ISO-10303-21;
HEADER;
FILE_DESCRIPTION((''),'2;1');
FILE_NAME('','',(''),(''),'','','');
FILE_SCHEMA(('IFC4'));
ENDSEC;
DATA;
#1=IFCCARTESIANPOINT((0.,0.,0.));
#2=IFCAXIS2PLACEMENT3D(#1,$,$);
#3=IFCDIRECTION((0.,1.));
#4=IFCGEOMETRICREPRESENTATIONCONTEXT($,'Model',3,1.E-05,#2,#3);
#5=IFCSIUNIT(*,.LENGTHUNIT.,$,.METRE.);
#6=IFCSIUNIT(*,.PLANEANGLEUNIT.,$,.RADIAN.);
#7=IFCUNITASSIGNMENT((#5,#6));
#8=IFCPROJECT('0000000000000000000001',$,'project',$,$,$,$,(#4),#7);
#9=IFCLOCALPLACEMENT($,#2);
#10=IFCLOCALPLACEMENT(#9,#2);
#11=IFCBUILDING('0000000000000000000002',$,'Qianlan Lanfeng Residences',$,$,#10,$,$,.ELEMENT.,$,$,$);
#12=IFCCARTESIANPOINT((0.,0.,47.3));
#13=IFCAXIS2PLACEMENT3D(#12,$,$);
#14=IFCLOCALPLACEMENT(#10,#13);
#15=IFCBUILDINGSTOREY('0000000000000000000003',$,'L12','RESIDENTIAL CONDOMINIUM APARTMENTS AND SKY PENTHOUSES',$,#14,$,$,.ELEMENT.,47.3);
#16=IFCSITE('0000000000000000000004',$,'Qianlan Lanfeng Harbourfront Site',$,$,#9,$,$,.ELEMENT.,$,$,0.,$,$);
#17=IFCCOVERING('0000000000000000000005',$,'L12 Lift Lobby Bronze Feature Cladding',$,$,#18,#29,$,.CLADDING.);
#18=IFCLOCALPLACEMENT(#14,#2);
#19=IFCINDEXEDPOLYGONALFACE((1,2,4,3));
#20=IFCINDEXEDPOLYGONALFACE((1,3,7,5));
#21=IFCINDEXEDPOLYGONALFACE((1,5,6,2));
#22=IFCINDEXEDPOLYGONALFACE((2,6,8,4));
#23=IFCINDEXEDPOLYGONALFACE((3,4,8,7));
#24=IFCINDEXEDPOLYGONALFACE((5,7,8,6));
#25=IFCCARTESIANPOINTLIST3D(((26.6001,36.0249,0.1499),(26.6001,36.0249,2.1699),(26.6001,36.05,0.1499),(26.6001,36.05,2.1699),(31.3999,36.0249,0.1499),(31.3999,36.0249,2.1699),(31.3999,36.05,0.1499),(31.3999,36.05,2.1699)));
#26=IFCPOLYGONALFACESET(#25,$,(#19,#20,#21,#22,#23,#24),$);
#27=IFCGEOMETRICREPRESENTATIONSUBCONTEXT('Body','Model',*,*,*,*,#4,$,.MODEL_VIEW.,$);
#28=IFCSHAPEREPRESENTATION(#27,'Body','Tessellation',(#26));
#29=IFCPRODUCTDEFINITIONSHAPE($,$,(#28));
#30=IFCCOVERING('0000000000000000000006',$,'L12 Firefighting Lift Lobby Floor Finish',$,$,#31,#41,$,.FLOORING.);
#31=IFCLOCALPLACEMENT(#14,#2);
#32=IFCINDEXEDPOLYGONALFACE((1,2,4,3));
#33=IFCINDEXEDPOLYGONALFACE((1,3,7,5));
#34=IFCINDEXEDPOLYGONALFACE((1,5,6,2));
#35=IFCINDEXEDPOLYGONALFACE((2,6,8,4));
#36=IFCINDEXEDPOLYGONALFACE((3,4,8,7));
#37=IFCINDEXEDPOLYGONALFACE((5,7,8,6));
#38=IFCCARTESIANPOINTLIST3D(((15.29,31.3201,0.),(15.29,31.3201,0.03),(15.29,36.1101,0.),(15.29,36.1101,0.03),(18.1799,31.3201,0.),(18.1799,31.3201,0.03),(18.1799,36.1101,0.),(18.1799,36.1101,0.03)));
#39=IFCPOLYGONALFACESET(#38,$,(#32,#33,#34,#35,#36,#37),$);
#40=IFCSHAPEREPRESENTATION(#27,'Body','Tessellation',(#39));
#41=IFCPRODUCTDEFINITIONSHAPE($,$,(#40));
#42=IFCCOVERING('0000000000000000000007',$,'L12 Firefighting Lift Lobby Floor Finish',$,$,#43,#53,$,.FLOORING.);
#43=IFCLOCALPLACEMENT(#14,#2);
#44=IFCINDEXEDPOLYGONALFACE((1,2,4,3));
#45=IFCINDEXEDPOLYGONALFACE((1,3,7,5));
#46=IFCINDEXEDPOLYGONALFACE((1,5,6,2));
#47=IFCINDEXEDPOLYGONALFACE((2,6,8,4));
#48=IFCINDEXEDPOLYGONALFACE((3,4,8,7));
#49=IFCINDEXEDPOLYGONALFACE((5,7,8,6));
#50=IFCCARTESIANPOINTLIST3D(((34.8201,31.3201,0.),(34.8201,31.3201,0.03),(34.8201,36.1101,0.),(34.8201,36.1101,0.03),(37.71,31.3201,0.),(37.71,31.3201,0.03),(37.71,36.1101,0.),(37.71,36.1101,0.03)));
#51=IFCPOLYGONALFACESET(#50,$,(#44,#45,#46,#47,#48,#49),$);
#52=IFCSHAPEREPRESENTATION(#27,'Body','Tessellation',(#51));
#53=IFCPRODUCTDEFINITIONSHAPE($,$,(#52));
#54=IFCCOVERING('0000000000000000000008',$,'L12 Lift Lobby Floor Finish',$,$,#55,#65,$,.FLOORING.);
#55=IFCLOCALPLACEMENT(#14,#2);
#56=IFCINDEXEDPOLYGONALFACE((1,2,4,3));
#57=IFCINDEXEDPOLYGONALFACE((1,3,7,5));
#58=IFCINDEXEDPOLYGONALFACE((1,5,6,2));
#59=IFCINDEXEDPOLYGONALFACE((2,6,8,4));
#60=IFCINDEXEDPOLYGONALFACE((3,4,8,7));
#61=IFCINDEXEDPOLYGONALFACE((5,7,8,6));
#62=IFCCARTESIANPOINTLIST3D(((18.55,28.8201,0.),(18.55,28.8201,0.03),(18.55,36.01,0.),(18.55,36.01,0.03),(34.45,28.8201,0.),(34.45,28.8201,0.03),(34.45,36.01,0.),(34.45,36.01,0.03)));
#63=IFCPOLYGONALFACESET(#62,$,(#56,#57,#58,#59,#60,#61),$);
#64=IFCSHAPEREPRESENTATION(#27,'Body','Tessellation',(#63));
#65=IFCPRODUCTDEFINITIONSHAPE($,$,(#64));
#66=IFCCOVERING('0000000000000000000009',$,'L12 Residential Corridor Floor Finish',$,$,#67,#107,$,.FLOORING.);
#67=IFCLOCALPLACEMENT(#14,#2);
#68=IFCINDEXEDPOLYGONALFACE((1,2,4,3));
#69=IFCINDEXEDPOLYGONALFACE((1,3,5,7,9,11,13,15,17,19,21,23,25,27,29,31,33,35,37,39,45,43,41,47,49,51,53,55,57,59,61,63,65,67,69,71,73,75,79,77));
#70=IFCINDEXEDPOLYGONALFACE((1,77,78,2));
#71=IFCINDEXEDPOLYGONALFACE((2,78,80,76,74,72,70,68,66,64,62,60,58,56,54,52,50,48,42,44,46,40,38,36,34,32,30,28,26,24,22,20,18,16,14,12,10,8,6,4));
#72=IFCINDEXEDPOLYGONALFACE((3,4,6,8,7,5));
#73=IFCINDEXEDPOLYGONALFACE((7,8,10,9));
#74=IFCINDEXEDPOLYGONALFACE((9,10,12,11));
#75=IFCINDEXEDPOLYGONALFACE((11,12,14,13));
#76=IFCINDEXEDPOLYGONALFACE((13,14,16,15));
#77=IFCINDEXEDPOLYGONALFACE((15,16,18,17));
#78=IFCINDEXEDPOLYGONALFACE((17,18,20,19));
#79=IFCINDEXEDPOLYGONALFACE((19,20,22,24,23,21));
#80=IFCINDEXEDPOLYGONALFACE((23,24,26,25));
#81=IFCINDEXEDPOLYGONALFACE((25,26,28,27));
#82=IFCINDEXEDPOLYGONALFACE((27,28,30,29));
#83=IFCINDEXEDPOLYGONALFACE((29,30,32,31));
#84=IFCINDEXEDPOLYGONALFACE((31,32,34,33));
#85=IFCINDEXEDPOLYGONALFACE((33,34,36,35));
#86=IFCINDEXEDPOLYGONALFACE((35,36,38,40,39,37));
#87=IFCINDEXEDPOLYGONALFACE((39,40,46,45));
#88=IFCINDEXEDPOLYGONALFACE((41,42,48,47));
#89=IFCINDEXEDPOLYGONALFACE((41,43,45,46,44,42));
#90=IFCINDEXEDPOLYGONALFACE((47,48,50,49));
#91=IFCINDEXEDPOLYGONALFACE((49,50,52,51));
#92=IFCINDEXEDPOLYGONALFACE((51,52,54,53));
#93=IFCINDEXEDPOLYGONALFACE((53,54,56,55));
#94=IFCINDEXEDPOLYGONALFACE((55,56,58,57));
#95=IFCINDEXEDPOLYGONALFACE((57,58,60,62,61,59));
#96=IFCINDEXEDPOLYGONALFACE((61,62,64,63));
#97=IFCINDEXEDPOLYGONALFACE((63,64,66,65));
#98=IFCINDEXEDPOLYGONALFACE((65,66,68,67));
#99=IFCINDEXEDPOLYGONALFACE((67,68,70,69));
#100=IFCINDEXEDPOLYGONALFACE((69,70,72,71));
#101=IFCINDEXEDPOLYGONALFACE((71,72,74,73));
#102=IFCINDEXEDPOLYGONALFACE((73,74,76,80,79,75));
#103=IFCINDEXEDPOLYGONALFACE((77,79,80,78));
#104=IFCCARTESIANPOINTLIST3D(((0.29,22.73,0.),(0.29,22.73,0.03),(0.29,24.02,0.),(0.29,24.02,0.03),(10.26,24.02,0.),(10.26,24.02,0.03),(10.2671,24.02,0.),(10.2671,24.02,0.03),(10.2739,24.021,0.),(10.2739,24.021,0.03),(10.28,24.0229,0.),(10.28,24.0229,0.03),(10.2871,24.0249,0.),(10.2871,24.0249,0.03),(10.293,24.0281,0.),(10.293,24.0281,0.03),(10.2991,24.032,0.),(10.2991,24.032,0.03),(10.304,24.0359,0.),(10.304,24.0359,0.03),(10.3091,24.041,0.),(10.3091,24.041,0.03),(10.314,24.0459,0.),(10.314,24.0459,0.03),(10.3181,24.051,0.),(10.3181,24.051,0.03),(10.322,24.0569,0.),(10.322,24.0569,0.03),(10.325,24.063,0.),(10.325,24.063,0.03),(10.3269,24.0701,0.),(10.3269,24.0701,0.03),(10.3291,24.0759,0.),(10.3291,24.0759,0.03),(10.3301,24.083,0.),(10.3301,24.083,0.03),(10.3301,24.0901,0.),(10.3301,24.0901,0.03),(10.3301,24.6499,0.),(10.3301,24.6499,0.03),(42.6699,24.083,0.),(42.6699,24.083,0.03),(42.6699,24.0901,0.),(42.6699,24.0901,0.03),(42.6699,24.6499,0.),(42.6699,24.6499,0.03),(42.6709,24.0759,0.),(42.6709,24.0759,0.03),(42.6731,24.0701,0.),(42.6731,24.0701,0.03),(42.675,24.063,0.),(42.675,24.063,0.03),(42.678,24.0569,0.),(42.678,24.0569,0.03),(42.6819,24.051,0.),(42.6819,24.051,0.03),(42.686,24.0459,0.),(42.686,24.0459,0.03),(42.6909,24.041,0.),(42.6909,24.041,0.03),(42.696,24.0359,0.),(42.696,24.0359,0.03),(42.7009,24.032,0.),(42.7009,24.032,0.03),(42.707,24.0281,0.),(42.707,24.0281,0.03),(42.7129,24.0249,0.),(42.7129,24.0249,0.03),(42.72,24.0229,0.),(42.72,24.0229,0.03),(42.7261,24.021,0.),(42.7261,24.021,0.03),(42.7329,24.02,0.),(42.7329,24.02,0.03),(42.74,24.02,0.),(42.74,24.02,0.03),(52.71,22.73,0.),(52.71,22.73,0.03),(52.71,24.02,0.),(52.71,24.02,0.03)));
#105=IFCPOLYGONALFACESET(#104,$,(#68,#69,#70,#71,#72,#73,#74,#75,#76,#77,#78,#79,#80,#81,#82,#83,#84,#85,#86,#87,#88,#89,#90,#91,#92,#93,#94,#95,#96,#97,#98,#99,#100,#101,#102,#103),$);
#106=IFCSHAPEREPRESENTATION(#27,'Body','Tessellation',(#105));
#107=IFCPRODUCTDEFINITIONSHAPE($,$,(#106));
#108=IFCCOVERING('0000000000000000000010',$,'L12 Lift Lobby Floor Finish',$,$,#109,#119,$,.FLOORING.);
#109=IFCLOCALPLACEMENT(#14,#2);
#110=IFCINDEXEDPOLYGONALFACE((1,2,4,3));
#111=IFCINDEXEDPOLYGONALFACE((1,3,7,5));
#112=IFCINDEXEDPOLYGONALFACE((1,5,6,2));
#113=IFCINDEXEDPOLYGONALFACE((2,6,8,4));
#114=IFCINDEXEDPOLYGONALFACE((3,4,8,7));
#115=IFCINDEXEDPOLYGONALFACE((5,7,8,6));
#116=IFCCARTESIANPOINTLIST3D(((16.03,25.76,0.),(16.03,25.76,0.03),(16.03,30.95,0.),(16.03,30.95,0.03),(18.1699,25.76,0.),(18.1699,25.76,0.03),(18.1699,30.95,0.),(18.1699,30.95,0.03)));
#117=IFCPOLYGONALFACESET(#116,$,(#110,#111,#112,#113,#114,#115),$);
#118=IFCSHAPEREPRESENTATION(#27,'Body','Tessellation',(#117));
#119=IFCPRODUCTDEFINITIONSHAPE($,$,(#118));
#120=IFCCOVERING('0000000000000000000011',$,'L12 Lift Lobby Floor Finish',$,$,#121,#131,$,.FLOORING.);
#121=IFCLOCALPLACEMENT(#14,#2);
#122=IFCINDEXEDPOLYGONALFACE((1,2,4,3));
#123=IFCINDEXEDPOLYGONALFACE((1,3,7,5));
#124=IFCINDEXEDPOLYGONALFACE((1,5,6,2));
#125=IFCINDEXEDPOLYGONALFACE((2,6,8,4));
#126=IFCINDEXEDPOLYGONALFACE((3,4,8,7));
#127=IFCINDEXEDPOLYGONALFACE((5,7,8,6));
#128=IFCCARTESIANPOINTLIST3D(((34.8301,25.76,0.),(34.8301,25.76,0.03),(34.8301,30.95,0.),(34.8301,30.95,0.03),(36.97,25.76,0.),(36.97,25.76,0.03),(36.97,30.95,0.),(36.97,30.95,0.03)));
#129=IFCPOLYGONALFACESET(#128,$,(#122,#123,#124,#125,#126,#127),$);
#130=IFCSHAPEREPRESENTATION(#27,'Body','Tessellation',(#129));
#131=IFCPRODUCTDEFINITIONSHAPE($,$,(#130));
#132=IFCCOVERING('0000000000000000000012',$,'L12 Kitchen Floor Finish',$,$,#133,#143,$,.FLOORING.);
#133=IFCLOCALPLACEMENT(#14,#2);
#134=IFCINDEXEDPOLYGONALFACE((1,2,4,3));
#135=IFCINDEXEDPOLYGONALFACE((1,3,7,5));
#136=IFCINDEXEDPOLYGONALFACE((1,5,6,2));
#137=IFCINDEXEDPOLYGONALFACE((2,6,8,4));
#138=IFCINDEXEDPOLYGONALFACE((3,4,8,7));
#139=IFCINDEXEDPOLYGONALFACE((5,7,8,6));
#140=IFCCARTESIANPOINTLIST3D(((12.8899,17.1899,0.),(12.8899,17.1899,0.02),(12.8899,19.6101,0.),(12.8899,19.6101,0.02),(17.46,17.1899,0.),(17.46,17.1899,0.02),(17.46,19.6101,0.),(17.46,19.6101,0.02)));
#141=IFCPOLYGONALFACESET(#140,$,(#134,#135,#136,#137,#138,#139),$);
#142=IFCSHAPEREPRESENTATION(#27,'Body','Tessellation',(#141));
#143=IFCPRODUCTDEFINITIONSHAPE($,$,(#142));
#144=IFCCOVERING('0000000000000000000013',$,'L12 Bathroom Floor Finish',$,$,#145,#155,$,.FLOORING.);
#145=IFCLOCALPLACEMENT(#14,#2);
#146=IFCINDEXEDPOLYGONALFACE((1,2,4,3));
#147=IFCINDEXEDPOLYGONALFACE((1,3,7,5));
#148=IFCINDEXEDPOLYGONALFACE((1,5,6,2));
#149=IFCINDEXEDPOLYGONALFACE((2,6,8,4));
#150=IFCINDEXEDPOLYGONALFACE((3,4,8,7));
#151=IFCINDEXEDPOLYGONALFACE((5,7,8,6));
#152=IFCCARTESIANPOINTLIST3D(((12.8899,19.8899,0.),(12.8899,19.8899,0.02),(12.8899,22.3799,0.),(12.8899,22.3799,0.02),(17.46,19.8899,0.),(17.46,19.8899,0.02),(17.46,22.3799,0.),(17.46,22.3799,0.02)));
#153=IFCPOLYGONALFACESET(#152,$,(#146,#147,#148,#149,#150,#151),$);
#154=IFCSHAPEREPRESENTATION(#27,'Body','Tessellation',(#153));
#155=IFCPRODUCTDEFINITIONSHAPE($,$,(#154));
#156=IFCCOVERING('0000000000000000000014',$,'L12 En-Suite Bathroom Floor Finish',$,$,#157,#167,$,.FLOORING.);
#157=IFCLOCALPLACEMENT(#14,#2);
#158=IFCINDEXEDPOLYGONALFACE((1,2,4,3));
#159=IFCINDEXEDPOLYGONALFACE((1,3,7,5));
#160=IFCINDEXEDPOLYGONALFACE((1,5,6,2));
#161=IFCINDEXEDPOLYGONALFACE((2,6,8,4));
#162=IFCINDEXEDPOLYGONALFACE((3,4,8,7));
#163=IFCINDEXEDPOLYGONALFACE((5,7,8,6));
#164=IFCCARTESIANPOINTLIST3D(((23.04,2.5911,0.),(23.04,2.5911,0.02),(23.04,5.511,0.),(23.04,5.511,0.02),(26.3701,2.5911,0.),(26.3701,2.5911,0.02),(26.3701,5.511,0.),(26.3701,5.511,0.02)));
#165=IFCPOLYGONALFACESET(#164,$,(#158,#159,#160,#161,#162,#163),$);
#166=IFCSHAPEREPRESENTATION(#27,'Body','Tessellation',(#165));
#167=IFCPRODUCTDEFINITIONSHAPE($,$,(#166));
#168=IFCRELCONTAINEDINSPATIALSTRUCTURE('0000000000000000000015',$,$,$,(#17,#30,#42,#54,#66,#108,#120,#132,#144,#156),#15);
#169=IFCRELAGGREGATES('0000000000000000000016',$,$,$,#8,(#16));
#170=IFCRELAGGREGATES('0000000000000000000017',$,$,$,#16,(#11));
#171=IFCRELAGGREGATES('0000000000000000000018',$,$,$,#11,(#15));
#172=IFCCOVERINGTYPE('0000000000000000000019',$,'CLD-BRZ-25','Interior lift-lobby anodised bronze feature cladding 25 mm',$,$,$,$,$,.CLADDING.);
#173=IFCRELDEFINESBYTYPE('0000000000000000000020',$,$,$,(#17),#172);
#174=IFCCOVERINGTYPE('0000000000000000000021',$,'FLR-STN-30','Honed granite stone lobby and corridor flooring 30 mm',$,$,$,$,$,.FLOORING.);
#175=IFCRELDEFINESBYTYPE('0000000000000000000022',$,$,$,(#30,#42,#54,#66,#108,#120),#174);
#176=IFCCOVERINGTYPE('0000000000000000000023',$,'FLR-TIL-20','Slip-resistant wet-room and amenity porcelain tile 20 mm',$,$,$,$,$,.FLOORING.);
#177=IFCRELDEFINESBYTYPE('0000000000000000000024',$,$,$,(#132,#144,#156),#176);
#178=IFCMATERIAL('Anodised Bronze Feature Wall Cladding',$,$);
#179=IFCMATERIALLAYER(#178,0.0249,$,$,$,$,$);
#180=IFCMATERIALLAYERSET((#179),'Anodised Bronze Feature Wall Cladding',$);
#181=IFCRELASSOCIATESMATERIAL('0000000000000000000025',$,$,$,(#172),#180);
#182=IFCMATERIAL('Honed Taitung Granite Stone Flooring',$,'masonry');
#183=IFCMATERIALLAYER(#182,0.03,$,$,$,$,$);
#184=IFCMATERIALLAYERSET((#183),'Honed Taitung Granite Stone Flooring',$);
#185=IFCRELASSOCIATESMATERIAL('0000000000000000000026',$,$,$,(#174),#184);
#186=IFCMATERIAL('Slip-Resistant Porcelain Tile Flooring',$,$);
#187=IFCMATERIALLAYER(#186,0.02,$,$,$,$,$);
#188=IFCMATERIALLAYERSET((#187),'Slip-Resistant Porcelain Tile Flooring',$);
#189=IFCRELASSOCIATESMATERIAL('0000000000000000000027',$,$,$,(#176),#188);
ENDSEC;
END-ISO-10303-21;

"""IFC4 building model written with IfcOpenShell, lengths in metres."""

from ifc_helpers import new_model, si_unit, direction, frame, origin, place, context, subcontext, project, spatial, polyline, outline, extrude, material, layer, layer_set, type_object, element, save


model = new_model("IFC4")

# Units and contexts
model_context = context("Model", 3, precision=1e-05, world=origin(), true_north=direction((0.0, 1.0)))
body_context = subcontext(model_context, "Body", "Model", "MODEL_VIEW")
ifc_project = project(units=[si_unit("LENGTHUNIT", "METRE"), si_unit("PLANEANGLEUNIT", "RADIAN")], contexts=[model_context])

# Site, building, storey
site_placement = place(None, origin())
site = spatial("IfcSite", under=ifc_project, at=site_placement, Name="Qianlan Lanfeng Harbourfront Site", CompositionType="ELEMENT", RefElevation=0.0)
building_placement = place(site_placement, origin())
building = spatial("IfcBuilding", under=site, at=building_placement, Name="Qianlan Lanfeng Residences", CompositionType="ELEMENT")
storey_placement = place(building_placement, frame((0.0, 0.0, 47.3)))
storey = spatial("IfcBuildingStorey", under=building, at=storey_placement, Name="L12", Description="RESIDENTIAL CONDOMINIUM APARTMENTS AND SKY PENTHOUSES", CompositionType="ELEMENT", Elevation=47.3)

# Coverings
ifc_material_1 = material(Name="Anodised Bronze Feature Wall Cladding")
ifc_layer_1 = layer(ifc_material_1, 0.0249)
ifc_layer_set_1 = layer_set([ifc_layer_1], Name="Anodised Bronze Feature Wall Cladding")
covering_type_1 = type_object("IfcCoveringType", Name="CLD-BRZ-25", Description="Interior lift-lobby anodised bronze feature cladding 25 mm", PredefinedType="CLADDING", material=ifc_layer_set_1)
covering_1_placement = place(storey_placement, frame((0.0, 0.0, 0.1499)))
element("IfcCovering", 1, at=covering_1_placement, inside=storey, type_object=covering_type_1, Name="L12 Lift Lobby Bronze Feature Cladding", PredefinedType="CLADDING", context=body_context, shape_type="SweptSolid", body=[
    extrude(outline(polyline([(26.6001, 36.0249), (31.3999, 36.0249), (31.3999, 36.05), (26.6001, 36.05), (26.6001, 36.0249)])), origin(), (0.0, 0.0, 1.0), 2.02),
])
ifc_material_2 = material(Name="Honed Taitung Granite Stone Flooring", Category="masonry")
ifc_layer_2 = layer(ifc_material_2, 0.03)
ifc_layer_set_2 = layer_set([ifc_layer_2], Name="Honed Taitung Granite Stone Flooring")
covering_type_2 = type_object("IfcCoveringType", Name="FLR-STN-30", Description="Honed granite stone lobby and corridor flooring 30 mm", PredefinedType="FLOORING", material=ifc_layer_set_2)
covering_2_placement = place(storey_placement, origin())
element("IfcCovering", 2, at=covering_2_placement, inside=storey, type_object=covering_type_2, Name="L12 Firefighting Lift Lobby Floor Finish", PredefinedType="FLOORING", context=body_context, shape_type="SweptSolid", body=[
    extrude(outline(polyline([(15.29, 31.3201), (18.1799, 31.3201), (18.1799, 36.1101), (15.29, 36.1101), (15.29, 31.3201)])), origin(), (0.0, 0.0, 1.0), 0.03),
])
covering_3_placement = place(storey_placement, origin())
element("IfcCovering", 3, at=covering_3_placement, inside=storey, type_object=covering_type_2, Name="L12 Firefighting Lift Lobby Floor Finish", PredefinedType="FLOORING", context=body_context, shape_type="SweptSolid", body=[
    extrude(outline(polyline([(34.8201, 31.3201), (37.71, 31.3201), (37.71, 36.1101), (34.8201, 36.1101), (34.8201, 31.3201)])), origin(), (0.0, 0.0, 1.0), 0.03),
])
covering_4_placement = place(storey_placement, origin())
element("IfcCovering", 4, at=covering_4_placement, inside=storey, type_object=covering_type_2, Name="L12 Lift Lobby Floor Finish", PredefinedType="FLOORING", context=body_context, shape_type="SweptSolid", body=[
    extrude(outline(polyline([(18.55, 28.8201), (34.45, 28.8201), (34.45, 36.01), (18.55, 36.01), (18.55, 28.8201)])), origin(), (0.0, 0.0, 1.0), 0.03),
])
covering_5_placement = place(storey_placement, origin())
element("IfcCovering", 5, at=covering_5_placement, inside=storey, type_object=covering_type_2, Name="L12 Residential Corridor Floor Finish", PredefinedType="FLOORING", context=body_context, shape_type="SweptSolid", body=[
    extrude(outline(polyline([(0.29, 22.73), (52.71, 22.73), (52.71, 24.02), (42.74, 24.02), (42.7329, 24.02), (42.7261, 24.021), (42.72, 24.0229), (42.7129, 24.0249), (42.707, 24.0281), (42.7009, 24.032), (42.696, 24.0359), (42.6909, 24.041), (42.686, 24.0459), (42.6819, 24.051), (42.678, 24.0569), (42.675, 24.063), (42.6731, 24.0701), (42.6709, 24.0759), (42.6699, 24.083), (42.6699, 24.0901), (42.6699, 24.6499), (10.3301, 24.6499), (10.3301, 24.0901), (10.3301, 24.083), (10.3291, 24.0759), (10.3269, 24.0701), (10.325, 24.063), (10.322, 24.0569), (10.3181, 24.051), (10.314, 24.0459), (10.3091, 24.041), (10.304, 24.0359), (10.2991, 24.032), (10.293, 24.0281), (10.2871, 24.0249), (10.28, 24.0229), (10.2739, 24.021), (10.2671, 24.02), (10.26, 24.02), (0.29, 24.02), (0.29, 22.73)])), origin(), (0.0, 0.0, 1.0), 0.03),
])
covering_6_placement = place(storey_placement, origin())
element("IfcCovering", 6, at=covering_6_placement, inside=storey, type_object=covering_type_2, Name="L12 Lift Lobby Floor Finish", PredefinedType="FLOORING", context=body_context, shape_type="SweptSolid", body=[
    extrude(outline(polyline([(16.03, 25.76), (18.1699, 25.76), (18.1699, 30.95), (16.03, 30.95), (16.03, 25.76)])), origin(), (0.0, 0.0, 1.0), 0.03),
])
covering_7_placement = place(storey_placement, origin())
element("IfcCovering", 7, at=covering_7_placement, inside=storey, type_object=covering_type_2, Name="L12 Lift Lobby Floor Finish", PredefinedType="FLOORING", context=body_context, shape_type="SweptSolid", body=[
    extrude(outline(polyline([(34.8301, 25.76), (36.97, 25.76), (36.97, 30.95), (34.8301, 30.95), (34.8301, 25.76)])), origin(), (0.0, 0.0, 1.0), 0.03),
])
ifc_material_3 = material(Name="Slip-Resistant Porcelain Tile Flooring")
ifc_layer_3 = layer(ifc_material_3, 0.02)
ifc_layer_set_3 = layer_set([ifc_layer_3], Name="Slip-Resistant Porcelain Tile Flooring")
covering_type_3 = type_object("IfcCoveringType", Name="FLR-TIL-20", Description="Slip-resistant wet-room and amenity porcelain tile 20 mm", PredefinedType="FLOORING", material=ifc_layer_set_3)
covering_8_placement = place(storey_placement, origin())
element("IfcCovering", 8, at=covering_8_placement, inside=storey, type_object=covering_type_3, Name="L12 Kitchen Floor Finish", PredefinedType="FLOORING", context=body_context, shape_type="SweptSolid", body=[
    extrude(outline(polyline([(12.8899, 17.1899), (17.46, 17.1899), (17.46, 19.6101), (12.8899, 19.6101), (12.8899, 17.1899)])), origin(), (0.0, 0.0, 1.0), 0.02),
])
covering_9_placement = place(storey_placement, origin())
element("IfcCovering", 9, at=covering_9_placement, inside=storey, type_object=covering_type_3, Name="L12 Bathroom Floor Finish", PredefinedType="FLOORING", context=body_context, shape_type="SweptSolid", body=[
    extrude(outline(polyline([(12.8899, 19.8899), (17.46, 19.8899), (17.46, 22.3799), (12.8899, 22.3799), (12.8899, 19.8899)])), origin(), (0.0, 0.0, 1.0), 0.02),
])
covering_10_placement = place(storey_placement, origin())
element("IfcCovering", 10, at=covering_10_placement, inside=storey, type_object=covering_type_3, Name="L12 En-Suite Bathroom Floor Finish", PredefinedType="FLOORING", context=body_context, shape_type="SweptSolid", body=[
    extrude(outline(polyline([(23.04, 2.5911), (26.3701, 2.5911), (26.3701, 5.511), (23.04, 5.511), (23.04, 2.5911)])), origin(), (0.0, 0.0, 1.0), 0.02),
])

save(model, "model.ifc")
